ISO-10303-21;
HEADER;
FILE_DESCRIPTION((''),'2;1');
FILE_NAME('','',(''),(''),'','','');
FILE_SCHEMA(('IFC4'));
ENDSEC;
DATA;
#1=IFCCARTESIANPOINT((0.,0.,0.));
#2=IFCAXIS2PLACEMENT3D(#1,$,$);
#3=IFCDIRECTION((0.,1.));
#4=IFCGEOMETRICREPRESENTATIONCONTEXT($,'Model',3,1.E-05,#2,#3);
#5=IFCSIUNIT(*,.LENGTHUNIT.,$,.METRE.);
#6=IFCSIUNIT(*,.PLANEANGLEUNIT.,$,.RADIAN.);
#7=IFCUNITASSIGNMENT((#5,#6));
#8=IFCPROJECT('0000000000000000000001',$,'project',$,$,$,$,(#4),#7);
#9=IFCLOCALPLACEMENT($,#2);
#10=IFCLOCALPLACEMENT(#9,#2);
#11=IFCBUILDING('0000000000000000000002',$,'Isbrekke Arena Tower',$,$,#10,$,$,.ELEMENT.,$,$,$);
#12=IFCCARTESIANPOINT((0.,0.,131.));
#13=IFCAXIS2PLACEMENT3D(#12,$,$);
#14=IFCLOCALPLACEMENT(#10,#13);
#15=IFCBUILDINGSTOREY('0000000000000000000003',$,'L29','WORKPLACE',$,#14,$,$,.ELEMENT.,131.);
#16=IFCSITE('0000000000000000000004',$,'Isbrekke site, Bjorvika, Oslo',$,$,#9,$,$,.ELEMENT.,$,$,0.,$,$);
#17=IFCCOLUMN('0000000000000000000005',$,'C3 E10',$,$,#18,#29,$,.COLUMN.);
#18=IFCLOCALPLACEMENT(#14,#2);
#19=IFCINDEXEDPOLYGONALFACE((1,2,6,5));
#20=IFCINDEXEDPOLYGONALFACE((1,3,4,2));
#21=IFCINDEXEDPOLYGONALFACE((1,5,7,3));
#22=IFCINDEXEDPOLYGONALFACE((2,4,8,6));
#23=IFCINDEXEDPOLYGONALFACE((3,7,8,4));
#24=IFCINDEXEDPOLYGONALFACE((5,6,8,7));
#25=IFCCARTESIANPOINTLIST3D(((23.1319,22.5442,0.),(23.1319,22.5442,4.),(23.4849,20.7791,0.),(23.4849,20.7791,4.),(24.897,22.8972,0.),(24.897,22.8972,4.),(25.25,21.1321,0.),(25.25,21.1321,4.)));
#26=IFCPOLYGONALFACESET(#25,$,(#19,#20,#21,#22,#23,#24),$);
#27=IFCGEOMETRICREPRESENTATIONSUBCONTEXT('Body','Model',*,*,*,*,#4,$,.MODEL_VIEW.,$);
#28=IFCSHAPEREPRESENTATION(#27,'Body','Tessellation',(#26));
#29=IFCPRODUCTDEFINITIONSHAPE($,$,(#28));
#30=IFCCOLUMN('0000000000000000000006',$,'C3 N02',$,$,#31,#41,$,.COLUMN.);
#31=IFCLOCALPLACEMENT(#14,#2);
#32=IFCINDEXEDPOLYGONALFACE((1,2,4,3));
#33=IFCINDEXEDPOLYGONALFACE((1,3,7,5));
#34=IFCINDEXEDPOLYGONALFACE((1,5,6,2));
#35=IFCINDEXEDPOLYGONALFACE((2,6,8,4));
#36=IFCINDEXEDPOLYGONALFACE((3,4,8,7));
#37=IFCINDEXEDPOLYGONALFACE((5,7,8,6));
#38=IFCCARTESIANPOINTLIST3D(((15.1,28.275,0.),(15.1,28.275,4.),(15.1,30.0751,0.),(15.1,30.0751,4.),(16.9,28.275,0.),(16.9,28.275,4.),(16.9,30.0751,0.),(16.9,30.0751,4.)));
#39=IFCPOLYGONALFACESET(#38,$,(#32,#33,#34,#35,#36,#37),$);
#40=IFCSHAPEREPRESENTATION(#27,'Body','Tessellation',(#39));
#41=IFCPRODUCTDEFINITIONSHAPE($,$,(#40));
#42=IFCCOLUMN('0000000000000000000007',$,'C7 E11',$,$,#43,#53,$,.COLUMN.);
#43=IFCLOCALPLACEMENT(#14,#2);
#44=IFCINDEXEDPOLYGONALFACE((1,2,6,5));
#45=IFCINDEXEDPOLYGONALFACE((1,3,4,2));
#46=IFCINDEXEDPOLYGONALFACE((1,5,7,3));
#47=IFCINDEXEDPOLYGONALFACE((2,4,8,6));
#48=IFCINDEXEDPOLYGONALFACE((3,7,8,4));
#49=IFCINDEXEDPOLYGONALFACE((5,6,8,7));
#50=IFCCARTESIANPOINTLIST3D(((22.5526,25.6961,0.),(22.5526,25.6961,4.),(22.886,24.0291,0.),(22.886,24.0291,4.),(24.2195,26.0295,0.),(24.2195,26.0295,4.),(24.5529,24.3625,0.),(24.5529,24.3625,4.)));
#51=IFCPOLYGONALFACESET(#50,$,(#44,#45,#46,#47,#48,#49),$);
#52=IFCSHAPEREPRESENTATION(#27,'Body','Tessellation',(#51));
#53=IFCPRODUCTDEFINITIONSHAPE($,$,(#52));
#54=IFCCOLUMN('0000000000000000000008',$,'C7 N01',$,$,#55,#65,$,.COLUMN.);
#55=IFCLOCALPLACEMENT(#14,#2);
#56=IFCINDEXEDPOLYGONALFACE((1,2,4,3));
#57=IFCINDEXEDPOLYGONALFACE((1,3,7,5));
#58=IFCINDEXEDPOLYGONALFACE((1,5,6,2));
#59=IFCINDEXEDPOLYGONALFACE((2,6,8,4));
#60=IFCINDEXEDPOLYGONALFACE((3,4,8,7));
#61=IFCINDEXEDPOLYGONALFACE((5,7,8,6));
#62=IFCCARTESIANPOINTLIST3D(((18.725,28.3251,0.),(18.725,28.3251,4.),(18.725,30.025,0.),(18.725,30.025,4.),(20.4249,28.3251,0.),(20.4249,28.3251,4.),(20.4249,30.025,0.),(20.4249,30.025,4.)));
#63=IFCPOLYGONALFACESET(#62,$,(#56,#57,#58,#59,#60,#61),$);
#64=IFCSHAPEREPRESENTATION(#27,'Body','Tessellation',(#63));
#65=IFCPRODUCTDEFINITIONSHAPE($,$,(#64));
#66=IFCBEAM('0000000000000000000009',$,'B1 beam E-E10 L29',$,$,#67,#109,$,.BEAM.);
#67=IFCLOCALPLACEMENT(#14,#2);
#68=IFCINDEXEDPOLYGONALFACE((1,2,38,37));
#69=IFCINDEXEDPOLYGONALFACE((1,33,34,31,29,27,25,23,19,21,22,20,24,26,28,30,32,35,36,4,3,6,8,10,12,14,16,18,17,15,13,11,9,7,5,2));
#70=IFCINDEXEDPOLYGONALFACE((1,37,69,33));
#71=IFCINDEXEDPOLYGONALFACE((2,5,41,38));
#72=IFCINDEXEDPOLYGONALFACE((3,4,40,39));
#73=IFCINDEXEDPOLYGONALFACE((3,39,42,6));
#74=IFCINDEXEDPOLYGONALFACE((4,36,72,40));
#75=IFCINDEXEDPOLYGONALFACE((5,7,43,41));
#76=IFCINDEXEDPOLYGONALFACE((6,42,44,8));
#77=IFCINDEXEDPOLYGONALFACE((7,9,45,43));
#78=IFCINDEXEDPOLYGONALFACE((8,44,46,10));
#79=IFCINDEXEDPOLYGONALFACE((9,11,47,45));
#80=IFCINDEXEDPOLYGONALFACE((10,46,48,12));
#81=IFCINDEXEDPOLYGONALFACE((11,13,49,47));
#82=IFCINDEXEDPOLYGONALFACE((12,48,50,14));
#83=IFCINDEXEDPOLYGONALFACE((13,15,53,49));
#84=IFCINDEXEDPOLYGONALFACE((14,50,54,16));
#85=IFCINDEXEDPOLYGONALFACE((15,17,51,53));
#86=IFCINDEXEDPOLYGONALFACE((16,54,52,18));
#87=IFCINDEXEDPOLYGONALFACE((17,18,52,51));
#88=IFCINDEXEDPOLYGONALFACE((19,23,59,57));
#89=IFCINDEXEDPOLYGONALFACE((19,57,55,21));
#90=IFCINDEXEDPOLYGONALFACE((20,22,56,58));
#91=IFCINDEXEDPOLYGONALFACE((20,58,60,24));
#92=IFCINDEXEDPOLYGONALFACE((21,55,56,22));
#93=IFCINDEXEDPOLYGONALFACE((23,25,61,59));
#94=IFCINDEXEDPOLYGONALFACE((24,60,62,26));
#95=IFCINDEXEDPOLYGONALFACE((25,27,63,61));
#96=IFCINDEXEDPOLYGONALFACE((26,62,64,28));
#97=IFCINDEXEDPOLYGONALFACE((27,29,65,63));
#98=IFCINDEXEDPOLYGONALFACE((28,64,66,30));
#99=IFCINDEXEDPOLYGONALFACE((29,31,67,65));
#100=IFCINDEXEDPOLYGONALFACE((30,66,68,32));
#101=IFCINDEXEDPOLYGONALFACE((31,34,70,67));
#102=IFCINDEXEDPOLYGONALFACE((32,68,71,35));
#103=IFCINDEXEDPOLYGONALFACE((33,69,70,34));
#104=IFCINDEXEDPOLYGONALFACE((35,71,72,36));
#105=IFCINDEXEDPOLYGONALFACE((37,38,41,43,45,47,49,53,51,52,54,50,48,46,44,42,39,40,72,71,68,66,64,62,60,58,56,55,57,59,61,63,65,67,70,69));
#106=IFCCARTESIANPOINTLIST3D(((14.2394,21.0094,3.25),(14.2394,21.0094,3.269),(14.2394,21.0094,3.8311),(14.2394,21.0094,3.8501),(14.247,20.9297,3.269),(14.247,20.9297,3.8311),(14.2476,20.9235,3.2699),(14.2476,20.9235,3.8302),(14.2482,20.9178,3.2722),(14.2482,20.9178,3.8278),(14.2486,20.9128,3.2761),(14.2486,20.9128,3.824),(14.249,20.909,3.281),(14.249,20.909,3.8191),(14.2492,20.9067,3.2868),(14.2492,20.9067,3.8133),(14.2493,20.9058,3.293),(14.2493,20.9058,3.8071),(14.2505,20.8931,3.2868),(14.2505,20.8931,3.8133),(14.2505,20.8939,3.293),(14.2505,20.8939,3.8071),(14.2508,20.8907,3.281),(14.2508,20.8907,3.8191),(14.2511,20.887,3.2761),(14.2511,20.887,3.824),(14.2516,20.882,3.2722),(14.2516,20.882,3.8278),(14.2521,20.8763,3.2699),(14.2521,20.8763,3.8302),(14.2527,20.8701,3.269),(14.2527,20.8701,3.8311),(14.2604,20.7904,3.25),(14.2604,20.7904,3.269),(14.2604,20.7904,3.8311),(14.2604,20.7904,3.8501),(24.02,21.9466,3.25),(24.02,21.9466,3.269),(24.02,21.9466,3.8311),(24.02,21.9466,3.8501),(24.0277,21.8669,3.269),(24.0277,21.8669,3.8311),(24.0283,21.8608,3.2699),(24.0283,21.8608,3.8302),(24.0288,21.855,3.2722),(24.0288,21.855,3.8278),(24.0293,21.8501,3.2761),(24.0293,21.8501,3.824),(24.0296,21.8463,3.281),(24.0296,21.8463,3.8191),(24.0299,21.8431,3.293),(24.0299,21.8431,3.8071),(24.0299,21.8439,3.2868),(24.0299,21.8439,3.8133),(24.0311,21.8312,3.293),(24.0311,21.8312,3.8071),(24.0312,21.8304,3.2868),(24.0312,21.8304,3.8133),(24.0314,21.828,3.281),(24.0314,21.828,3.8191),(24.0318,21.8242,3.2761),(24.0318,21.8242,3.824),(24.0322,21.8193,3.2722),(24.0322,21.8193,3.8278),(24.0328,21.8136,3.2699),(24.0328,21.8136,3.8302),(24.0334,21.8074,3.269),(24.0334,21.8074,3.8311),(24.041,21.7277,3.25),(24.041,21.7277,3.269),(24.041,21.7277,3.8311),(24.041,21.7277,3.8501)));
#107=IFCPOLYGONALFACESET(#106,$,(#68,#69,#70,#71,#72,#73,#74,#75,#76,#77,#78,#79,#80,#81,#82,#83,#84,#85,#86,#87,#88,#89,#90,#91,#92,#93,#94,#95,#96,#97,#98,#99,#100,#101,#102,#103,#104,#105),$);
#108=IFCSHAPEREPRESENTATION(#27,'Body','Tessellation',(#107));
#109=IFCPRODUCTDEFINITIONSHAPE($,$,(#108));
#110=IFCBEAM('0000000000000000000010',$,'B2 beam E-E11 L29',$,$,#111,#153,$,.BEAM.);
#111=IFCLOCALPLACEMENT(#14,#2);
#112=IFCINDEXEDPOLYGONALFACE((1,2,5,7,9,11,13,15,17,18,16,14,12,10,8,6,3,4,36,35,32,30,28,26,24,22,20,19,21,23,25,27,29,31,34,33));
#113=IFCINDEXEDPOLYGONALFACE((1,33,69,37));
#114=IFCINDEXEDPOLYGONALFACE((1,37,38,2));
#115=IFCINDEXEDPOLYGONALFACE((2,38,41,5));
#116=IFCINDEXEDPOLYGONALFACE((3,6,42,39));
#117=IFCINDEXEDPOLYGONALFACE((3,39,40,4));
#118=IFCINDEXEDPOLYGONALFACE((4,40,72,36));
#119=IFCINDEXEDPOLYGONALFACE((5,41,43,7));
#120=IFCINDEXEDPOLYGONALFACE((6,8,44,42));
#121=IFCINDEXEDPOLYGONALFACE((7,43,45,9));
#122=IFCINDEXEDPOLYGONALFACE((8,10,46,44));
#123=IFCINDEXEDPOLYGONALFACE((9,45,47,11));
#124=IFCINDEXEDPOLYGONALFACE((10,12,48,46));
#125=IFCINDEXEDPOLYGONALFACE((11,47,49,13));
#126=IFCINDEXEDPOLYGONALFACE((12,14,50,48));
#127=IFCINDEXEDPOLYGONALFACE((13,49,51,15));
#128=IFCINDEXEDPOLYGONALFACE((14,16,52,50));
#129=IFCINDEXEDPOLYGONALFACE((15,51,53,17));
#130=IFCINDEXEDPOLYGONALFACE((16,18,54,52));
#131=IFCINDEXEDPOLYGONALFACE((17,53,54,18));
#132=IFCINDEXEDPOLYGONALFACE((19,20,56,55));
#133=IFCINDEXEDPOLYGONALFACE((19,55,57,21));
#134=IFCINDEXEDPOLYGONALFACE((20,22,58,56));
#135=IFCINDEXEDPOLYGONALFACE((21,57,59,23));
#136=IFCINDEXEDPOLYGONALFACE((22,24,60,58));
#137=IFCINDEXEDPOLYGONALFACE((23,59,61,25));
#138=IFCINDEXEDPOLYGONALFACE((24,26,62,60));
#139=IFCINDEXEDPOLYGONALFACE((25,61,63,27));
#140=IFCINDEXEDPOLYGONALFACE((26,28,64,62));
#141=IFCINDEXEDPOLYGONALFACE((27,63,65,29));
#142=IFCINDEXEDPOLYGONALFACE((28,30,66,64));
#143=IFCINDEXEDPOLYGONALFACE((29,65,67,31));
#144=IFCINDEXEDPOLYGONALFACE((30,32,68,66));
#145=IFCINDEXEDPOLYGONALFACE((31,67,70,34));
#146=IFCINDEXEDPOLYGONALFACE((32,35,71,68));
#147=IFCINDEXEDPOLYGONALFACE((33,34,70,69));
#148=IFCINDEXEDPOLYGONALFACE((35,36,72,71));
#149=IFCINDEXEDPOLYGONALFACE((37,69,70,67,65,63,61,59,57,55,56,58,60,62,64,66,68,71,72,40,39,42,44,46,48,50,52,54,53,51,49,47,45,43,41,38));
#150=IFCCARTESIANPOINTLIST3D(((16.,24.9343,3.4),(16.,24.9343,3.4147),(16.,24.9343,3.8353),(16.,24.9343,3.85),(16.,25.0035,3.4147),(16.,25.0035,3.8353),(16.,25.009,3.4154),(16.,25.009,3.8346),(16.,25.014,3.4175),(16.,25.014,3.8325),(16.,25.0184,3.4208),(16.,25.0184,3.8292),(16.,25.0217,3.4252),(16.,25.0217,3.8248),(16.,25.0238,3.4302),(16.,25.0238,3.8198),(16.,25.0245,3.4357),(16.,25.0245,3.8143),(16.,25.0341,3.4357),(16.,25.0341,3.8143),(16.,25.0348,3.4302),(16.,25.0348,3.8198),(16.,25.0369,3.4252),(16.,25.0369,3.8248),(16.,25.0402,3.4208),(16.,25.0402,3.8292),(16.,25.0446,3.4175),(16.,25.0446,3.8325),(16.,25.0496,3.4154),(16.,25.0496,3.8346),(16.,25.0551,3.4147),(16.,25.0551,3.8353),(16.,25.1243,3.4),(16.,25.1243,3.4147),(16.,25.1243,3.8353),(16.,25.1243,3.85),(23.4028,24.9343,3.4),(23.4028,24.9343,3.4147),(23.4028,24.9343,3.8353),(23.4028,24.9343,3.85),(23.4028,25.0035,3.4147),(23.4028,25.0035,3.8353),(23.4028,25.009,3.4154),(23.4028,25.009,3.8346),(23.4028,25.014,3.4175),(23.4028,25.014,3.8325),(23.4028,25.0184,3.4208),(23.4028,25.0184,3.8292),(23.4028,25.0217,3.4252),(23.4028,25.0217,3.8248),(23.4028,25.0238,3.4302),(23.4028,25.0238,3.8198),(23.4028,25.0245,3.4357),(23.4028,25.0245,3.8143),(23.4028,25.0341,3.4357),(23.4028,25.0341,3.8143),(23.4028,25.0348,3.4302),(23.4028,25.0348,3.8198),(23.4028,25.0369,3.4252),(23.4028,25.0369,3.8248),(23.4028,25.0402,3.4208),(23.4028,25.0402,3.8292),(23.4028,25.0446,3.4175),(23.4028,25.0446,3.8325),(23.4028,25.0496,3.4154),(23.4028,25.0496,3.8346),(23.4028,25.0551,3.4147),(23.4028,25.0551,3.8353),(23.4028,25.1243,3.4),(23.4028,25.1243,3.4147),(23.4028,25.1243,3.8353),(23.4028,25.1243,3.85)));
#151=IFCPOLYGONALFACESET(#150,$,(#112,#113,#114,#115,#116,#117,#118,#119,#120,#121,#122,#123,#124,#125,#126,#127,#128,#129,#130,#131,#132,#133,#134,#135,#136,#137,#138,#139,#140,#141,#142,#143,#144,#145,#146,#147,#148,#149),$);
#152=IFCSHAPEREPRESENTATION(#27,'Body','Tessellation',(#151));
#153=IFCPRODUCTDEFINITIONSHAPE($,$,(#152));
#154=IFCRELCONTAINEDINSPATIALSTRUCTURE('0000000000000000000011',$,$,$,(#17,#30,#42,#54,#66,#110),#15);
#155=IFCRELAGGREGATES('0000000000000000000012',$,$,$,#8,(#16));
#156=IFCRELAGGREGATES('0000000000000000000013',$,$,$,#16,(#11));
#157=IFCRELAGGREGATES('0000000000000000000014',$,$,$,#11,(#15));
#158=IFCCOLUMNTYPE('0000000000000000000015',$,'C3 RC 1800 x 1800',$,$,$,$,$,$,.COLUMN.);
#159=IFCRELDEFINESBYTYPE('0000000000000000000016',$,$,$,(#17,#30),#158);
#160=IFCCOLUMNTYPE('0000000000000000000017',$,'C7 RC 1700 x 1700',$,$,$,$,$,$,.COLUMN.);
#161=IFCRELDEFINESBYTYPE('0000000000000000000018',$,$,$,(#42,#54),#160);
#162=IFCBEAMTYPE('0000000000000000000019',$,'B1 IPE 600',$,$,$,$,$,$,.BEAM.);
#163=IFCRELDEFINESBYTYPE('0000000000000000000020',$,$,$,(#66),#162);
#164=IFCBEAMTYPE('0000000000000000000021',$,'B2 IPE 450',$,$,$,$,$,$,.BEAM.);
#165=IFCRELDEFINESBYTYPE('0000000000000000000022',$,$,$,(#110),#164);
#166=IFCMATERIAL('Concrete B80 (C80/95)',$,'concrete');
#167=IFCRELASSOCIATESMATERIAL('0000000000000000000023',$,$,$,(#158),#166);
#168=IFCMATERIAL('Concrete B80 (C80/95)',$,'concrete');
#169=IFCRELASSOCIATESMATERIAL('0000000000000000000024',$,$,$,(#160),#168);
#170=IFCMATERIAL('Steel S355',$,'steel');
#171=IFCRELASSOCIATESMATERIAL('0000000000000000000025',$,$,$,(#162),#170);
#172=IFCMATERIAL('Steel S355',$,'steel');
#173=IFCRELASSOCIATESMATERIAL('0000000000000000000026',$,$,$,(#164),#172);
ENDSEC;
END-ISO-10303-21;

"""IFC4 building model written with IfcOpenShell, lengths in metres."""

from ifc_helpers import new_model, si_unit, direction, frame, origin, origin_2d, place, context, subcontext, project, spatial, rectangle, i_section, extrude, material, material_profile, profile_set, type_object, element, save


model = new_model("IFC4")

# Units and contexts
model_context = context("Model", 3, precision=1e-05, world=origin(), true_north=direction((0.0, 1.0)))
body_context = subcontext(model_context, "Body", "Model", "MODEL_VIEW")
ifc_project = project(units=[si_unit("LENGTHUNIT", "METRE"), si_unit("PLANEANGLEUNIT", "RADIAN")], contexts=[model_context])

# Site, building, storey
site_placement = place(None, origin())
site = spatial("IfcSite", under=ifc_project, at=site_placement, Name="Isbrekke site, Bjorvika, Oslo", CompositionType="ELEMENT", RefElevation=0.0)
building_placement = place(site_placement, origin())
building = spatial("IfcBuilding", under=site, at=building_placement, Name="Isbrekke Arena Tower", CompositionType="ELEMENT")
storey_placement = place(building_placement, frame((0.0, 0.0, 131.0)))
storey = spatial("IfcBuildingStorey", under=building, at=storey_placement, Name="L29", Description="WORKPLACE", CompositionType="ELEMENT", Elevation=131.0)

# Columns
ifc_material_1 = material(Name="Concrete B80 (C80/95)", Category="concrete")
ifc_material_profile_1 = material_profile(ifc_material_1, rectangle(XDim=1.8, YDim=1.8, at=origin_2d()), Name="RC 1800x1800")
ifc_profile_set_1 = profile_set([ifc_material_profile_1], Name="Concrete B80 (C80/95)")
column_type_1 = type_object("IfcColumnType", Name="C3 RC 1800 x 1800", PredefinedType="COLUMN", material=ifc_profile_set_1)
for number, where, z_axis, x_axis, name in (
    (1, (24.1909, 21.8381, 0.0), (0.0, 0.0, 1.0), (-0.196116, 0.980581, 0.0), "C3 E10"),
    (2, (16.0, 29.175, 0.0), (0.0, 0.0, 1.0), (-1.0, 0.0, 0.0), "C3 N02"),
):
    element("IfcColumn", number, at=place(storey_placement, frame(where, z_axis=z_axis, x_axis=x_axis)), inside=storey, type_object=column_type_1, Name=name, PredefinedType="COLUMN", context=body_context, shape_type="SweptSolid", body=[
        extrude(rectangle(XDim=1.8, YDim=1.8, at=origin_2d()), origin(), (0.0, 0.0, 1.0), 4.0),
    ])
ifc_material_2 = material(Name="Concrete B80 (C80/95)", Category="concrete")
ifc_material_profile_2 = material_profile(ifc_material_2, rectangle(XDim=1.7, YDim=1.7, at=origin_2d()), Name="RC 1700x1700")
ifc_profile_set_2 = profile_set([ifc_material_profile_2], Name="Concrete B80 (C80/95)")
column_type_2 = type_object("IfcColumnType", Name="C7 RC 1700 x 1700", PredefinedType="COLUMN", material=ifc_profile_set_2)
for number, where, z_axis, x_axis, name in (
    (3, (23.5527, 25.0293, 0.0), (0.0, 0.0, 1.0), (-0.196116, 0.980581, 0.0), "C7 E11"),
    (4, (19.575, 29.175, 0.0), (0.0, 0.0, 1.0), (-1.0, 0.0, 0.0), "C7 N01"),
):
    element("IfcColumn", number, at=place(storey_placement, frame(where, z_axis=z_axis, x_axis=x_axis)), inside=storey, type_object=column_type_2, Name=name, PredefinedType="COLUMN", context=body_context, shape_type="SweptSolid", body=[
        extrude(rectangle(XDim=1.7, YDim=1.7, at=origin_2d()), origin(), (0.0, 0.0, 1.0), 4.0),
    ])

# Beams
ifc_material_3 = material(Name="Steel S355", Category="steel")
ifc_material_profile_3 = material_profile(ifc_material_3, i_section(OverallWidth=0.22, OverallDepth=0.6001, WebThickness=0.012, FlangeThickness=0.019, FilletRadius=0.0239, at=origin_2d()), Name="IPE 600")
ifc_profile_set_3 = profile_set([ifc_material_profile_3], Name="Steel S355")
beam_type_1 = type_object("IfcBeamType", Name="B1 IPE 600", PredefinedType="BEAM", material=ifc_profile_set_3)
beam_1_placement = place(storey_placement, frame((24.0305, 21.8372, 3.55), z_axis=(-0.99544, -0.095392, 0.0), x_axis=(0.095392, -0.99544, 0.0)))
element("IfcBeam", 5, at=beam_1_placement, inside=storey, type_object=beam_type_1, Name="B1 beam E-E10 L29", PredefinedType="BEAM", context=body_context, shape_type="SweptSolid", body=[
    extrude(i_section(OverallWidth=0.22, OverallDepth=0.6001, WebThickness=0.012, FlangeThickness=0.019, FilletRadius=0.0239, at=origin_2d()), origin(), (0.0, 0.0, 1.0), 9.8254),
])
ifc_material_4 = material(Name="Steel S355", Category="steel")
ifc_material_profile_4 = material_profile(ifc_material_4, i_section(OverallWidth=0.1899, OverallDepth=0.45, WebThickness=0.0095, FlangeThickness=0.0146, FilletRadius=0.021, at=origin_2d()), Name="IPE 450")
ifc_profile_set_4 = profile_set([ifc_material_profile_4], Name="Steel S355")
beam_type_2 = type_object("IfcBeamType", Name="B2 IPE 450", PredefinedType="BEAM", material=ifc_profile_set_4)
beam_2_placement = place(storey_placement, frame((23.4028, 25.0293, 3.625), z_axis=(-1.0, 0.0, 0.0), x_axis=(0.0, -1.0, 0.0)))
element("IfcBeam", 6, at=beam_2_placement, inside=storey, type_object=beam_type_2, Name="B2 beam E-E11 L29", PredefinedType="BEAM", context=body_context, shape_type="SweptSolid", body=[
    extrude(i_section(OverallWidth=0.1899, OverallDepth=0.45, WebThickness=0.0095, FlangeThickness=0.0146, FilletRadius=0.021, at=origin_2d()), origin(), (0.0, 0.0, 1.0), 7.4028),
])

save(model, "model.ifc")
